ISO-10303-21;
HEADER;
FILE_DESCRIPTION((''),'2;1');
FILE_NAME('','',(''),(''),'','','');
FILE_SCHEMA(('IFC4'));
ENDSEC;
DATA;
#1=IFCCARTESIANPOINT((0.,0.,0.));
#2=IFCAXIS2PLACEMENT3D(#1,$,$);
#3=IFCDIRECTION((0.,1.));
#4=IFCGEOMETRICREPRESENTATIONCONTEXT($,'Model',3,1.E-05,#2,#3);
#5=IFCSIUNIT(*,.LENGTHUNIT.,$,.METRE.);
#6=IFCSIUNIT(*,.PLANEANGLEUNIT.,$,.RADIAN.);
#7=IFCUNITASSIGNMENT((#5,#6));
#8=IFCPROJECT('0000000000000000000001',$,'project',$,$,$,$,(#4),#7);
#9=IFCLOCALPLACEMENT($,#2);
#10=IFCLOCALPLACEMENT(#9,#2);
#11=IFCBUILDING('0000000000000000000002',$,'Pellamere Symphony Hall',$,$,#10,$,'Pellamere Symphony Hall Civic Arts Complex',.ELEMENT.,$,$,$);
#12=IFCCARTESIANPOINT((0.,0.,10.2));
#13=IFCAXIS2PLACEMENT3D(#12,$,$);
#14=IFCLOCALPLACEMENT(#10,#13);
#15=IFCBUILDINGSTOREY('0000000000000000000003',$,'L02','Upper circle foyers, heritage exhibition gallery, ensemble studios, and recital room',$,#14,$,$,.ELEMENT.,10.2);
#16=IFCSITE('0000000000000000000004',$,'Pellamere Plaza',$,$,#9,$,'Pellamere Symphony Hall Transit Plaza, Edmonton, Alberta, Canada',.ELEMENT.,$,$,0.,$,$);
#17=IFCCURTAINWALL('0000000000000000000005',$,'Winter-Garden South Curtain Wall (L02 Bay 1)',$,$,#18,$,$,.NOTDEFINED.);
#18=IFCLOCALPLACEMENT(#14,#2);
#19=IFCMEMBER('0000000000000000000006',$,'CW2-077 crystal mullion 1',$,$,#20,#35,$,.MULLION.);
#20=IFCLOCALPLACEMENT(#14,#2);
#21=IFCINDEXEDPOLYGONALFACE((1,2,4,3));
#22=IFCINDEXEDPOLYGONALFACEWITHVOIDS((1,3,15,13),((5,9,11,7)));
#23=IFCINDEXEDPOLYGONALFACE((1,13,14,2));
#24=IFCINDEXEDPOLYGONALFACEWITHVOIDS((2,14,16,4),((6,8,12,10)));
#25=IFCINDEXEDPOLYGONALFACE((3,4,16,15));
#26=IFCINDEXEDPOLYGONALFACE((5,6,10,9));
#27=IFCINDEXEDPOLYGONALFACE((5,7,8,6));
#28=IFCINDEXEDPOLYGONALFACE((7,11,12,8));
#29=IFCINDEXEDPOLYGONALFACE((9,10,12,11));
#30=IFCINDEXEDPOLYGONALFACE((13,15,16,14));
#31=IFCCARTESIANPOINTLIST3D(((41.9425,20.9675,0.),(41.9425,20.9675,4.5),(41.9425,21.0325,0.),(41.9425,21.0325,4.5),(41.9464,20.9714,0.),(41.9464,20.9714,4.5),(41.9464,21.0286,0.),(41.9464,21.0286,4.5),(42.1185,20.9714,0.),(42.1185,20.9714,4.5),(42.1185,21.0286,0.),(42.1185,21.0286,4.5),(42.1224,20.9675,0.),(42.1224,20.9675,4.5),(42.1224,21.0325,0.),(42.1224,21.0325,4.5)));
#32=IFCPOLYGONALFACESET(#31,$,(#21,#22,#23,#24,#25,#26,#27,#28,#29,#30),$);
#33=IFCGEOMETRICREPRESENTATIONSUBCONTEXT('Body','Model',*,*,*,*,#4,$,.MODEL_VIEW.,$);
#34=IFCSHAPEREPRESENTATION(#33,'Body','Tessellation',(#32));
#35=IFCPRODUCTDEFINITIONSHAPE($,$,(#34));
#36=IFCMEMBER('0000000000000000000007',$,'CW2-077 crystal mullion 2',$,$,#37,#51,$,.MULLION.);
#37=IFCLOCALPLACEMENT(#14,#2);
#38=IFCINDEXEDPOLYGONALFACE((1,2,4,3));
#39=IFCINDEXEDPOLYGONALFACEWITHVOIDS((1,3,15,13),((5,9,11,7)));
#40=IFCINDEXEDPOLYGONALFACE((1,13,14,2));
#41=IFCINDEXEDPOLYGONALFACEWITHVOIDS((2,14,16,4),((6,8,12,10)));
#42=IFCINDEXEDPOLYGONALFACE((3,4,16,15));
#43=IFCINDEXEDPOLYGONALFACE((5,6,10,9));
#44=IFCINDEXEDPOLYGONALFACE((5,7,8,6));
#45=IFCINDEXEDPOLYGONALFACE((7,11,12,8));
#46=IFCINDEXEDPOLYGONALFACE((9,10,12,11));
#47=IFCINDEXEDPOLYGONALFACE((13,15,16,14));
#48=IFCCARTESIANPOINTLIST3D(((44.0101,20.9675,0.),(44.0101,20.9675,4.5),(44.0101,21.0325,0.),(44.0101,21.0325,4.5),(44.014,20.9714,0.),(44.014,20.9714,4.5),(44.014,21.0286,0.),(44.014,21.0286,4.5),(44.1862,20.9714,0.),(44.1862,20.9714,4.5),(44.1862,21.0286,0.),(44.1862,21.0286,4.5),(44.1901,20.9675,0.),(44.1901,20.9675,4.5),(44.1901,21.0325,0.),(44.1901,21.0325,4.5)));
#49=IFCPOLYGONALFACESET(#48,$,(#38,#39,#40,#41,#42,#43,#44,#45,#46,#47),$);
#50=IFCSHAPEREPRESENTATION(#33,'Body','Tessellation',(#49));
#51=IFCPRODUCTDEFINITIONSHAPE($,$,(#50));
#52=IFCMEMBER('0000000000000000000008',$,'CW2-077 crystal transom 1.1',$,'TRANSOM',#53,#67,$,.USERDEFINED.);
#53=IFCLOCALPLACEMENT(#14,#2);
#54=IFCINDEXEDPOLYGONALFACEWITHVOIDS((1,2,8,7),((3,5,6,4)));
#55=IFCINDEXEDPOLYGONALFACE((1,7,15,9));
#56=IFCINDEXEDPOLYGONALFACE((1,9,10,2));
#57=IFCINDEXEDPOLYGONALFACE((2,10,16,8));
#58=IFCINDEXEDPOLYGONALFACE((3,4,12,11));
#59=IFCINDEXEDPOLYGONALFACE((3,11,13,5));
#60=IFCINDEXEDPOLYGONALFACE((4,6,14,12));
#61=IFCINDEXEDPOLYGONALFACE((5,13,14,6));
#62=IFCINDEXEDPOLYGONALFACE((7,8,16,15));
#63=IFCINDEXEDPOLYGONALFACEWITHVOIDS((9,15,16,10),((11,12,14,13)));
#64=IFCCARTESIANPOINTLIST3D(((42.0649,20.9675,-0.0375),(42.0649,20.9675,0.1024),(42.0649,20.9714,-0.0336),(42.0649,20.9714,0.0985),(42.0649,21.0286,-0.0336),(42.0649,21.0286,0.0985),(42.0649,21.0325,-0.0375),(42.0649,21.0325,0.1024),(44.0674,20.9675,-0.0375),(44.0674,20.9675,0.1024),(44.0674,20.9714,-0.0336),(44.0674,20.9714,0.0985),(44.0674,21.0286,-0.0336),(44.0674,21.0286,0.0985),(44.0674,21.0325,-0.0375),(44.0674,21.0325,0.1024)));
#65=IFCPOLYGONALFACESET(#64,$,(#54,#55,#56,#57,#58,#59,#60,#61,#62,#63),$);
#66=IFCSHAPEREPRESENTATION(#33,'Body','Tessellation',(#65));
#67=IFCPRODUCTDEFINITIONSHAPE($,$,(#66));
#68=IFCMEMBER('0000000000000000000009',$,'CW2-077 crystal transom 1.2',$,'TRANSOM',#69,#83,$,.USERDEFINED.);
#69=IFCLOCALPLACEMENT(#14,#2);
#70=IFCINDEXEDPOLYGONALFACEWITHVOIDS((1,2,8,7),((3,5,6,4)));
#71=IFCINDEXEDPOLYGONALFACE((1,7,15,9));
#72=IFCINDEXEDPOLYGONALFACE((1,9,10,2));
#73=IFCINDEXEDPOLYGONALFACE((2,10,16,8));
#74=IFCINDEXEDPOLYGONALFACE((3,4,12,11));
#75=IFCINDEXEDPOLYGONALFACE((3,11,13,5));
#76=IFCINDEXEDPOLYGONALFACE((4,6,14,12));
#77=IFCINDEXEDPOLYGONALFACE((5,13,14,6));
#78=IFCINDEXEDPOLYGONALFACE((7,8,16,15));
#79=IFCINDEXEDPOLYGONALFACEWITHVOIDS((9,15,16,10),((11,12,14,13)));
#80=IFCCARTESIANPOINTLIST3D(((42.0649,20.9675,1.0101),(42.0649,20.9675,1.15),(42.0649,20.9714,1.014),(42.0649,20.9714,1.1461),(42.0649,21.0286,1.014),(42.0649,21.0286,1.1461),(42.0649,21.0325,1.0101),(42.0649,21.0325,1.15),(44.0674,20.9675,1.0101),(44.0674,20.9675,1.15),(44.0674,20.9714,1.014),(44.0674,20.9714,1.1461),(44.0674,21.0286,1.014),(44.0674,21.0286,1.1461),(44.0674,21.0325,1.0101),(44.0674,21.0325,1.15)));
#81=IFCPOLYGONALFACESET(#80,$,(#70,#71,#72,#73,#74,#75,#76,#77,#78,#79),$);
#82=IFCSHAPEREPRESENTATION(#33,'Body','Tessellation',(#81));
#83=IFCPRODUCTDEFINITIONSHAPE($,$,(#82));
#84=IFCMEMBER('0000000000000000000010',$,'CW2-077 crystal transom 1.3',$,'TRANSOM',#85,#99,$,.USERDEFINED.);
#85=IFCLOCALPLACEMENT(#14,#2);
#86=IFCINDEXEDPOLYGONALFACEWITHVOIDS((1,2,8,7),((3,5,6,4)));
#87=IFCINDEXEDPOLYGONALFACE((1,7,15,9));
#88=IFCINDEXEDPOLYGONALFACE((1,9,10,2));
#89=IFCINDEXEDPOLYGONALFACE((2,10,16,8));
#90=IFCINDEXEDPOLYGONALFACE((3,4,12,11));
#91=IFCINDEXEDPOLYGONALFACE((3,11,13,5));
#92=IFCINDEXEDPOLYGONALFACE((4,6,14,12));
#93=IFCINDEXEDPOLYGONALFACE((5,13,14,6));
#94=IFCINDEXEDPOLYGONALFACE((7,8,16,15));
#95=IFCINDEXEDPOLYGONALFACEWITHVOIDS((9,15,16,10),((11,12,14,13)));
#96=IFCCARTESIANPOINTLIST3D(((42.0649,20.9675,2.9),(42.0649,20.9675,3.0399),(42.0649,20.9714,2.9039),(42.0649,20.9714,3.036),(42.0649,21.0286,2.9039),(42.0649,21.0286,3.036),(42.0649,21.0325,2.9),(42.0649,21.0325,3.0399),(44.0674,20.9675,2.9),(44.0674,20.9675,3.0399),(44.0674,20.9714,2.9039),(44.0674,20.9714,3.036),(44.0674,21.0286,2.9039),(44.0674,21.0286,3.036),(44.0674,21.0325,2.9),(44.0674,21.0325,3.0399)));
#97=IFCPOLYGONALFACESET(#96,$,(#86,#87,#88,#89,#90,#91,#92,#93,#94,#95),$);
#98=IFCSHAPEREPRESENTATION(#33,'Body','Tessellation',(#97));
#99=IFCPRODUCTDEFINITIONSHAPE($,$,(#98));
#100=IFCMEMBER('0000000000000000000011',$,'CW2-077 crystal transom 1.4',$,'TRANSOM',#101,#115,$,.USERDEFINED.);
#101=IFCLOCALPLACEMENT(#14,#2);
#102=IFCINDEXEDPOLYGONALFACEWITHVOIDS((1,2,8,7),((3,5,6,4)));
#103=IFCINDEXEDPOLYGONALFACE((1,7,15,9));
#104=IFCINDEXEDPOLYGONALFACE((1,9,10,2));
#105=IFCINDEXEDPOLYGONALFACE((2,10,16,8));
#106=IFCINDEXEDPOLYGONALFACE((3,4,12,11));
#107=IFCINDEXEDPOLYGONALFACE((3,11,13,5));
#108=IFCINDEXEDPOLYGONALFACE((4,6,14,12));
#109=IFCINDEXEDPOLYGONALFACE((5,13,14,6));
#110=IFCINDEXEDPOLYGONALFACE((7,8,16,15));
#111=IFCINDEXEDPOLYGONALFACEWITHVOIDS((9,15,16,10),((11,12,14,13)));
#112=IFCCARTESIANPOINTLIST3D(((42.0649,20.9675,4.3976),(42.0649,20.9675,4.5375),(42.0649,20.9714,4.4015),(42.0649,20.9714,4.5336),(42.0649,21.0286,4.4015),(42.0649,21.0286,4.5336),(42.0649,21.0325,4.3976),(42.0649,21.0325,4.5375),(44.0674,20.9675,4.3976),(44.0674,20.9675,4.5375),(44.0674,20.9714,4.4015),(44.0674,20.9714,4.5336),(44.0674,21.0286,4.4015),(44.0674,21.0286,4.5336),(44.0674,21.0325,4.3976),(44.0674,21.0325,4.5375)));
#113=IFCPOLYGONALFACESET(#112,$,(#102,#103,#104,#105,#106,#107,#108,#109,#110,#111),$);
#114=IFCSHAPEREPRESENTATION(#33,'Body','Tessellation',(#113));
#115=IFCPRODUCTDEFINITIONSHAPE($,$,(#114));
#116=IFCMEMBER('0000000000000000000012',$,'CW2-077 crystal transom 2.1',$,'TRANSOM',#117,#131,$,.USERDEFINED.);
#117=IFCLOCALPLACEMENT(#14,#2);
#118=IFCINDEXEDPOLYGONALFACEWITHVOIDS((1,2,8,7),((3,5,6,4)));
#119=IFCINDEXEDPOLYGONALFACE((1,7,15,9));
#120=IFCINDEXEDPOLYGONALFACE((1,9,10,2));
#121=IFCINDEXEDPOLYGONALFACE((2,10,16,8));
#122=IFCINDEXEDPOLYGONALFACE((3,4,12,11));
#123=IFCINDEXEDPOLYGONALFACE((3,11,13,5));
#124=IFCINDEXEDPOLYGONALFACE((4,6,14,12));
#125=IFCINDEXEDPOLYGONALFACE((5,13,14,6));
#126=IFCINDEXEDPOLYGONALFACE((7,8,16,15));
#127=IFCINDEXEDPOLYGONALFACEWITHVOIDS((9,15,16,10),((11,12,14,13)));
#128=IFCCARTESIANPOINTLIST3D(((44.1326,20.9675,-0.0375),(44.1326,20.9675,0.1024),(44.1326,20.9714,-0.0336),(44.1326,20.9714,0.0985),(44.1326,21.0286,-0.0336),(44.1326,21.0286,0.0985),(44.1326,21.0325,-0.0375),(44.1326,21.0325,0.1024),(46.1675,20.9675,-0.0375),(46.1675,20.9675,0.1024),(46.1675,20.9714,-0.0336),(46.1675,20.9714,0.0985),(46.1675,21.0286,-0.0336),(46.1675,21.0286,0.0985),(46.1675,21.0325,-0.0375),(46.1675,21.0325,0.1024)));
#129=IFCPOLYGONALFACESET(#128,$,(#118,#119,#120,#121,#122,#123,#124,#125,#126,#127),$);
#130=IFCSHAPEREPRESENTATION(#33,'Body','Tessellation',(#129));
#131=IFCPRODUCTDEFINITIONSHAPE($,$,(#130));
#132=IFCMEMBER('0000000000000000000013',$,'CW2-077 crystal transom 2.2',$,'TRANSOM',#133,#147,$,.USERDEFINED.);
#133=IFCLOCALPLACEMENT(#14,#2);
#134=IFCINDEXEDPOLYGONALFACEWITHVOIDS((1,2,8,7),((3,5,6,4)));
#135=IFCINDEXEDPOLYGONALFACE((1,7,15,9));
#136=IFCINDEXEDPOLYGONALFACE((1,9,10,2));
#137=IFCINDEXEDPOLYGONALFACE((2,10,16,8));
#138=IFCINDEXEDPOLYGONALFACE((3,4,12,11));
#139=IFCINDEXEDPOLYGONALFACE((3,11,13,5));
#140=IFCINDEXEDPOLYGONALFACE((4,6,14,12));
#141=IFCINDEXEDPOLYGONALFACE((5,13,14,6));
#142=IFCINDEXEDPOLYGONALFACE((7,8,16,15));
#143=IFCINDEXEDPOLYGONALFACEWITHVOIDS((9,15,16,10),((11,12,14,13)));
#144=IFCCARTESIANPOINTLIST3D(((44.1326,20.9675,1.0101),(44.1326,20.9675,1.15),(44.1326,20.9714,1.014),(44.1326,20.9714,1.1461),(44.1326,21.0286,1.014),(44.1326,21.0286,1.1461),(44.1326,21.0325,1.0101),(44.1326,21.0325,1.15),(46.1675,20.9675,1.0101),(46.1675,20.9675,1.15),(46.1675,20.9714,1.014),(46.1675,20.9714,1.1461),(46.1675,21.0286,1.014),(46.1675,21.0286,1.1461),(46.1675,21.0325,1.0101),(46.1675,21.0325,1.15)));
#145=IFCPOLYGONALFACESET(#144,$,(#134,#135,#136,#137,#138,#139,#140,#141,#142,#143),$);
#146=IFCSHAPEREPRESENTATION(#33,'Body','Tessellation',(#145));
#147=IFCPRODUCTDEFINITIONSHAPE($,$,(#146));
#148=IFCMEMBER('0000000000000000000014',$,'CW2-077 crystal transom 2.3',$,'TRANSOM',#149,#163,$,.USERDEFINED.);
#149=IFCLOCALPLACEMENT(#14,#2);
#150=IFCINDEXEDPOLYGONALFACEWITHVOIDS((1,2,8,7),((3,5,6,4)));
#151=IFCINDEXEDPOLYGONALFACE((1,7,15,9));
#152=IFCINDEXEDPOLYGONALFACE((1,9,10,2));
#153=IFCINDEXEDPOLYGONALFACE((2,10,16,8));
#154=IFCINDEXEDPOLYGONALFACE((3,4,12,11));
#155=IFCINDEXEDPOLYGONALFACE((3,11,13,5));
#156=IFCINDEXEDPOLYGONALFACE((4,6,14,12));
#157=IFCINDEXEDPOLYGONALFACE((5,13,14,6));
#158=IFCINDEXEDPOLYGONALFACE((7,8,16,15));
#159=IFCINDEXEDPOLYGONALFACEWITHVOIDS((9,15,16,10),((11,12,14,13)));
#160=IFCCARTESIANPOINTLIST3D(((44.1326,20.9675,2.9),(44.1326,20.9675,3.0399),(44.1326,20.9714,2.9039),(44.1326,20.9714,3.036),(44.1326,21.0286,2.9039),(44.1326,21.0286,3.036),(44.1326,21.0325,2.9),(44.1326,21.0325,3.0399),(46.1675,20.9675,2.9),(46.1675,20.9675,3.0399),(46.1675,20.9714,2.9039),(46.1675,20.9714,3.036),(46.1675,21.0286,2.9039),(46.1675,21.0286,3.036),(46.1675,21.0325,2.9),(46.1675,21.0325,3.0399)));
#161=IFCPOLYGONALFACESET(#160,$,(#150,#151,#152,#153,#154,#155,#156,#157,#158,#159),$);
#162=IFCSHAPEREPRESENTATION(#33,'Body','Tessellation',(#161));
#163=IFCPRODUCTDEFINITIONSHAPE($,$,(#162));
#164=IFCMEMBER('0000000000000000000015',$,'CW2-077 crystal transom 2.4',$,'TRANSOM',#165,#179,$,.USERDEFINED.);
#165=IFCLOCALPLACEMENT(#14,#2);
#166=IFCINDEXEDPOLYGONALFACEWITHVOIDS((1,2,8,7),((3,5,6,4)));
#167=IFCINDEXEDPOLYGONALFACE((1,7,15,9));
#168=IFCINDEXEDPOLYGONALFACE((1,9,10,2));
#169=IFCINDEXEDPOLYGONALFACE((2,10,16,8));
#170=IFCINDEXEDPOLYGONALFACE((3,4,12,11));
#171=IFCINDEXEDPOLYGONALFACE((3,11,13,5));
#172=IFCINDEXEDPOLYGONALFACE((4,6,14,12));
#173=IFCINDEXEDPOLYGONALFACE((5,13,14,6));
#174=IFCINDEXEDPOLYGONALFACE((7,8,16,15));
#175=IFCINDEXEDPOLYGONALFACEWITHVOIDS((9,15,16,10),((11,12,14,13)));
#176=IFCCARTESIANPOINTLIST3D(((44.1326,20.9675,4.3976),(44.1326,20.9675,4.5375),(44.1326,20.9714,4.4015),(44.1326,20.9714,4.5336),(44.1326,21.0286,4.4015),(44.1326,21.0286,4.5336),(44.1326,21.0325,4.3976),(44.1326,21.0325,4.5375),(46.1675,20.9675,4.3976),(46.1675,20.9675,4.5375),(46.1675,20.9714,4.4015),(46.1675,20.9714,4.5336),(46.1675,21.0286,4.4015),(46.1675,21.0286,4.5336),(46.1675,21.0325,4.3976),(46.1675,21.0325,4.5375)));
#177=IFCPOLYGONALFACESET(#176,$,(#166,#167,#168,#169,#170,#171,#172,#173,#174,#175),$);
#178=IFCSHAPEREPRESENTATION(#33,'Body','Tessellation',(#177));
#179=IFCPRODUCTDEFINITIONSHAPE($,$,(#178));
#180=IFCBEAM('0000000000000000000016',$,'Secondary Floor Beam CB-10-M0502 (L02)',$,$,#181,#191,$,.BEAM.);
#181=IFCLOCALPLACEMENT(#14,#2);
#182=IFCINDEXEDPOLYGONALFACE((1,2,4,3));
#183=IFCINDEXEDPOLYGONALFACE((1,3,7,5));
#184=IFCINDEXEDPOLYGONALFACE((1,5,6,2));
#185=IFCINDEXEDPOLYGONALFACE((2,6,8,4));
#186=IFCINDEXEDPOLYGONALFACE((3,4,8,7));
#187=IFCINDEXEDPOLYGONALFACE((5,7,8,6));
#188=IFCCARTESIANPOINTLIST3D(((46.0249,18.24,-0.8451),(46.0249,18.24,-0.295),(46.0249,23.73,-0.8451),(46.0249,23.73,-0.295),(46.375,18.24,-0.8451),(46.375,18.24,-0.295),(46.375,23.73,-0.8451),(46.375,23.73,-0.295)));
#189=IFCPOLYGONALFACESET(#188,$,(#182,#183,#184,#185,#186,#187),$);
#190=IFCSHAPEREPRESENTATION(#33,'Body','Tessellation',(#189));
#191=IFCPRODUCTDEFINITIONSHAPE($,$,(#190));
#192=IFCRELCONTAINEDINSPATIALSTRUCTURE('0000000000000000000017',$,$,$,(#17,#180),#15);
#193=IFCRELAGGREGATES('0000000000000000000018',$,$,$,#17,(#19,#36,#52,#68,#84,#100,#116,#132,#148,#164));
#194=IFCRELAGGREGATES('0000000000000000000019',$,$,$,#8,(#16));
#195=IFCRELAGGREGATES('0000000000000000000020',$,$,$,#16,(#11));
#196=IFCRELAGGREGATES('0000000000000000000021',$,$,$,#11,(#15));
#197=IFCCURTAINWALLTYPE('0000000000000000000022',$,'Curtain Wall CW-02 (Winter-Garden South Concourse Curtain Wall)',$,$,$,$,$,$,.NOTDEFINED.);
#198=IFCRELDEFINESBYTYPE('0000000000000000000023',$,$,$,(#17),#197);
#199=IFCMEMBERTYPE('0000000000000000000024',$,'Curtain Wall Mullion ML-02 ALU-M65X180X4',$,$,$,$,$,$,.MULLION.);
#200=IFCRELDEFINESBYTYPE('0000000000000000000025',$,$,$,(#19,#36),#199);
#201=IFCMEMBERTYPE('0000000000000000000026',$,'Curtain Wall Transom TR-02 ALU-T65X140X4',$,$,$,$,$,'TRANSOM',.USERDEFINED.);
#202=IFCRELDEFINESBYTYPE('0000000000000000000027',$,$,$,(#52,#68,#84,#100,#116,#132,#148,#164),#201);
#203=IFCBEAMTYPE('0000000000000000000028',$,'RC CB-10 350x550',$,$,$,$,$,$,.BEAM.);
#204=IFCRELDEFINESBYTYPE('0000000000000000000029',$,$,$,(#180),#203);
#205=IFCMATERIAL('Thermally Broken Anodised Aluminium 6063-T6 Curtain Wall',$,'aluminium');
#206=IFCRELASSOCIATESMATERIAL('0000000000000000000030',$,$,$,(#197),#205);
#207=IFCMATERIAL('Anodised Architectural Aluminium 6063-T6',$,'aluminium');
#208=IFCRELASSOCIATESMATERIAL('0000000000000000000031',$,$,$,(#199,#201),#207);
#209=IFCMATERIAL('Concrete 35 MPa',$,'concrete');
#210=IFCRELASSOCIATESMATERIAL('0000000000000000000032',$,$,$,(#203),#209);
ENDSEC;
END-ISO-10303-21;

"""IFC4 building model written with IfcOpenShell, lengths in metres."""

from ifc_helpers import new_model, si_unit, direction, frame, origin, origin_2d, place, context, subcontext, project, spatial, rectangle, hollow_rectangle, extrude, material, material_profile, profile_set, type_object, element, aggregate, save


model = new_model("IFC4")

# Units and contexts
model_context = context("Model", 3, precision=1e-05, world=origin(), true_north=direction((0.0, 1.0)))
body_context = subcontext(model_context, "Body", "Model", "MODEL_VIEW")
ifc_project = project(units=[si_unit("LENGTHUNIT", "METRE"), si_unit("PLANEANGLEUNIT", "RADIAN")], contexts=[model_context])

# Site, building, storey
site_placement = place(None, origin())
site = spatial("IfcSite", under=ifc_project, at=site_placement, Name="Pellamere Plaza", LongName="Pellamere Symphony Hall Transit Plaza, Edmonton, Alberta, Canada", CompositionType="ELEMENT", RefElevation=0.0)
building_placement = place(site_placement, origin())
building = spatial("IfcBuilding", under=site, at=building_placement, Name="Pellamere Symphony Hall", LongName="Pellamere Symphony Hall Civic Arts Complex", CompositionType="ELEMENT")
storey_placement = place(building_placement, frame((0.0, 0.0, 10.2)))
storey = spatial("IfcBuildingStorey", under=building, at=storey_placement, Name="L02", Description="Upper circle foyers, heritage exhibition gallery, ensemble studios, and recital room", CompositionType="ELEMENT", Elevation=10.2)

# Curtain wall, members
ifc_material_1 = material(Name="Thermally Broken Anodised Aluminium 6063-T6 Curtain Wall", Category="aluminium")
curtain_wall_type = type_object("IfcCurtainWallType", Name="Curtain Wall CW-02 (Winter-Garden South Concourse Curtain Wall)", PredefinedType="NOTDEFINED", material=ifc_material_1)
curtain_wall_placement = place(storey_placement, origin())
curtain_wall = element("IfcCurtainWall", 1, at=curtain_wall_placement, inside=storey, type_object=curtain_wall_type, Name="Winter-Garden South Curtain Wall (L02 Bay 1)", PredefinedType="NOTDEFINED")
ifc_material_2 = material(Name="Anodised Architectural Aluminium 6063-T6", Category="aluminium")
ifc_material_profile_1 = material_profile(ifc_material_2, hollow_rectangle(XDim=0.0649, YDim=0.1799, WallThickness=0.0039, at=origin_2d()), Name="ALU-M65X180X4")
ifc_profile_set_1 = profile_set([ifc_material_profile_1], Name="Anodised Architectural Aluminium 6063-T6")
member_type_1 = type_object("IfcMemberType", Name="Curtain Wall Mullion ML-02 ALU-M65X180X4", PredefinedType="MULLION", material=ifc_profile_set_1)
member_1_placement = place(storey_placement, frame((42.0325, 21.0, 0.0), z_axis=(0.0, 0.0, 1.0), x_axis=(0.0, 1.0, 0.0)))
member_1 = element("IfcMember", 2, at=member_1_placement, type_object=member_type_1, Name="CW2-077 crystal mullion 1", PredefinedType="MULLION", context=body_context, shape_type="SweptSolid", body=[
    extrude(hollow_rectangle(XDim=0.0649, YDim=0.1799, WallThickness=0.0039, at=origin_2d()), origin(), (0.0, 0.0, 1.0), 4.5),
])
member_2_placement = place(storey_placement, frame((44.1001, 21.0, 0.0), z_axis=(0.0, 0.0, 1.0), x_axis=(0.0, 1.0, 0.0)))
member_2 = element("IfcMember", 3, at=member_2_placement, type_object=member_type_1, Name="CW2-077 crystal mullion 2", PredefinedType="MULLION", context=body_context, shape_type="SweptSolid", body=[
    extrude(hollow_rectangle(XDim=0.0649, YDim=0.1799, WallThickness=0.0039, at=origin_2d()), origin(), (0.0, 0.0, 1.0), 4.5),
])
ifc_material_profile_2 = material_profile(ifc_material_2, hollow_rectangle(XDim=0.0649, YDim=0.1399, WallThickness=0.0039, at=origin_2d()), Name="ALU-T65X140X4")
ifc_profile_set_2 = profile_set([ifc_material_profile_2], Name="Anodised Architectural Aluminium 6063-T6")
member_type_2 = type_object("IfcMemberType", Name="Curtain Wall Transom TR-02 ALU-T65X140X4", ElementType="TRANSOM", PredefinedType="USERDEFINED", material=ifc_profile_set_2)
member_3_placement = place(storey_placement, frame((42.0649, 21.0, 0.0325), z_axis=(1.0, 0.0, 0.0), x_axis=(0.0, 1.0, 0.0)))
member_3 = element("IfcMember", 4, at=member_3_placement, type_object=member_type_2, Name="CW2-077 crystal transom 1.1", ObjectType="TRANSOM", PredefinedType="USERDEFINED", context=body_context, shape_type="SweptSolid", body=[
    extrude(hollow_rectangle(XDim=0.0649, YDim=0.1399, WallThickness=0.0039, at=origin_2d()), origin(), (0.0, 0.0, 1.0), 2.0024),
])
member_4_placement = place(storey_placement, frame((42.0649, 21.0, 1.0801), z_axis=(1.0, 0.0, 0.0), x_axis=(0.0, 1.0, 0.0)))
member_4 = element("IfcMember", 5, at=member_4_placement, type_object=member_type_2, Name="CW2-077 crystal transom 1.2", ObjectType="TRANSOM", PredefinedType="USERDEFINED", context=body_context, shape_type="SweptSolid", body=[
    extrude(hollow_rectangle(XDim=0.0649, YDim=0.1399, WallThickness=0.0039, at=origin_2d()), origin(), (0.0, 0.0, 1.0), 2.0024),
])
member_5_placement = place(storey_placement, frame((42.0649, 21.0, 2.97), z_axis=(1.0, 0.0, 0.0), x_axis=(0.0, 1.0, 0.0)))
member_5 = element("IfcMember", 6, at=member_5_placement, type_object=member_type_2, Name="CW2-077 crystal transom 1.3", ObjectType="TRANSOM", PredefinedType="USERDEFINED", context=body_context, shape_type="SweptSolid", body=[
    extrude(hollow_rectangle(XDim=0.0649, YDim=0.1399, WallThickness=0.0039, at=origin_2d()), origin(), (0.0, 0.0, 1.0), 2.0024),
])
member_6_placement = place(storey_placement, frame((42.0649, 21.0, 4.4675), z_axis=(1.0, 0.0, 0.0), x_axis=(0.0, 1.0, 0.0)))
member_6 = element("IfcMember", 7, at=member_6_placement, type_object=member_type_2, Name="CW2-077 crystal transom 1.4", ObjectType="TRANSOM", PredefinedType="USERDEFINED", context=body_context, shape_type="SweptSolid", body=[
    extrude(hollow_rectangle(XDim=0.0649, YDim=0.1399, WallThickness=0.0039, at=origin_2d()), origin(), (0.0, 0.0, 1.0), 2.0024),
])
member_7_placement = place(storey_placement, frame((44.1326, 21.0, 0.0325), z_axis=(1.0, 0.0, 0.0), x_axis=(0.0, 1.0, 0.0)))
member_7 = element("IfcMember", 8, at=member_7_placement, type_object=member_type_2, Name="CW2-077 crystal transom 2.1", ObjectType="TRANSOM", PredefinedType="USERDEFINED", context=body_context, shape_type="SweptSolid", body=[
    extrude(hollow_rectangle(XDim=0.0649, YDim=0.1399, WallThickness=0.0039, at=origin_2d()), origin(), (0.0, 0.0, 1.0), 2.0349),
])
member_8_placement = place(storey_placement, frame((44.1326, 21.0, 1.0801), z_axis=(1.0, 0.0, 0.0), x_axis=(0.0, 1.0, 0.0)))
member_8 = element("IfcMember", 9, at=member_8_placement, type_object=member_type_2, Name="CW2-077 crystal transom 2.2", ObjectType="TRANSOM", PredefinedType="USERDEFINED", context=body_context, shape_type="SweptSolid", body=[
    extrude(hollow_rectangle(XDim=0.0649, YDim=0.1399, WallThickness=0.0039, at=origin_2d()), origin(), (0.0, 0.0, 1.0), 2.0349),
])
member_9_placement = place(storey_placement, frame((44.1326, 21.0, 2.97), z_axis=(1.0, 0.0, 0.0), x_axis=(0.0, 1.0, 0.0)))
member_9 = element("IfcMember", 10, at=member_9_placement, type_object=member_type_2, Name="CW2-077 crystal transom 2.3", ObjectType="TRANSOM", PredefinedType="USERDEFINED", context=body_context, shape_type="SweptSolid", body=[
    extrude(hollow_rectangle(XDim=0.0649, YDim=0.1399, WallThickness=0.0039, at=origin_2d()), origin(), (0.0, 0.0, 1.0), 2.0349),
])
member_10_placement = place(storey_placement, frame((44.1326, 21.0, 4.4675), z_axis=(1.0, 0.0, 0.0), x_axis=(0.0, 1.0, 0.0)))
member_10 = element("IfcMember", 11, at=member_10_placement, type_object=member_type_2, Name="CW2-077 crystal transom 2.4", ObjectType="TRANSOM", PredefinedType="USERDEFINED", context=body_context, shape_type="SweptSolid", body=[
    extrude(hollow_rectangle(XDim=0.0649, YDim=0.1399, WallThickness=0.0039, at=origin_2d()), origin(), (0.0, 0.0, 1.0), 2.0349),
])

# Beam
ifc_material_3 = material(Name="Concrete 35 MPa", Category="concrete")
ifc_material_profile_3 = material_profile(ifc_material_3, rectangle(XDim=0.3501, YDim=0.55, at=origin_2d()), Name="RC 350x550")
ifc_profile_set_3 = profile_set([ifc_material_profile_3], Name="Concrete 35 MPa")
beam_type_1 = type_object("IfcBeamType", Name="RC CB-10 350x550", PredefinedType="BEAM", material=ifc_profile_set_3)
beam_1_placement = place(storey_placement, frame((46.2, 18.24, -0.5701), z_axis=(0.0, 1.0, 0.0), x_axis=(-1.0, 0.0, 0.0)))
element("IfcBeam", 12, at=beam_1_placement, inside=storey, type_object=beam_type_1, Name="Secondary Floor Beam CB-10-M0502 (L02)", PredefinedType="BEAM", context=body_context, shape_type="SweptSolid", body=[
    extrude(rectangle(XDim=0.3501, YDim=0.55, at=origin_2d()), origin(), (0.0, 0.0, 1.0), 5.49),
])

aggregate(curtain_wall, [member_1, member_2, member_3, member_4, member_5, member_6, member_7, member_8, member_9, member_10])

save(model, "model.ifc")
